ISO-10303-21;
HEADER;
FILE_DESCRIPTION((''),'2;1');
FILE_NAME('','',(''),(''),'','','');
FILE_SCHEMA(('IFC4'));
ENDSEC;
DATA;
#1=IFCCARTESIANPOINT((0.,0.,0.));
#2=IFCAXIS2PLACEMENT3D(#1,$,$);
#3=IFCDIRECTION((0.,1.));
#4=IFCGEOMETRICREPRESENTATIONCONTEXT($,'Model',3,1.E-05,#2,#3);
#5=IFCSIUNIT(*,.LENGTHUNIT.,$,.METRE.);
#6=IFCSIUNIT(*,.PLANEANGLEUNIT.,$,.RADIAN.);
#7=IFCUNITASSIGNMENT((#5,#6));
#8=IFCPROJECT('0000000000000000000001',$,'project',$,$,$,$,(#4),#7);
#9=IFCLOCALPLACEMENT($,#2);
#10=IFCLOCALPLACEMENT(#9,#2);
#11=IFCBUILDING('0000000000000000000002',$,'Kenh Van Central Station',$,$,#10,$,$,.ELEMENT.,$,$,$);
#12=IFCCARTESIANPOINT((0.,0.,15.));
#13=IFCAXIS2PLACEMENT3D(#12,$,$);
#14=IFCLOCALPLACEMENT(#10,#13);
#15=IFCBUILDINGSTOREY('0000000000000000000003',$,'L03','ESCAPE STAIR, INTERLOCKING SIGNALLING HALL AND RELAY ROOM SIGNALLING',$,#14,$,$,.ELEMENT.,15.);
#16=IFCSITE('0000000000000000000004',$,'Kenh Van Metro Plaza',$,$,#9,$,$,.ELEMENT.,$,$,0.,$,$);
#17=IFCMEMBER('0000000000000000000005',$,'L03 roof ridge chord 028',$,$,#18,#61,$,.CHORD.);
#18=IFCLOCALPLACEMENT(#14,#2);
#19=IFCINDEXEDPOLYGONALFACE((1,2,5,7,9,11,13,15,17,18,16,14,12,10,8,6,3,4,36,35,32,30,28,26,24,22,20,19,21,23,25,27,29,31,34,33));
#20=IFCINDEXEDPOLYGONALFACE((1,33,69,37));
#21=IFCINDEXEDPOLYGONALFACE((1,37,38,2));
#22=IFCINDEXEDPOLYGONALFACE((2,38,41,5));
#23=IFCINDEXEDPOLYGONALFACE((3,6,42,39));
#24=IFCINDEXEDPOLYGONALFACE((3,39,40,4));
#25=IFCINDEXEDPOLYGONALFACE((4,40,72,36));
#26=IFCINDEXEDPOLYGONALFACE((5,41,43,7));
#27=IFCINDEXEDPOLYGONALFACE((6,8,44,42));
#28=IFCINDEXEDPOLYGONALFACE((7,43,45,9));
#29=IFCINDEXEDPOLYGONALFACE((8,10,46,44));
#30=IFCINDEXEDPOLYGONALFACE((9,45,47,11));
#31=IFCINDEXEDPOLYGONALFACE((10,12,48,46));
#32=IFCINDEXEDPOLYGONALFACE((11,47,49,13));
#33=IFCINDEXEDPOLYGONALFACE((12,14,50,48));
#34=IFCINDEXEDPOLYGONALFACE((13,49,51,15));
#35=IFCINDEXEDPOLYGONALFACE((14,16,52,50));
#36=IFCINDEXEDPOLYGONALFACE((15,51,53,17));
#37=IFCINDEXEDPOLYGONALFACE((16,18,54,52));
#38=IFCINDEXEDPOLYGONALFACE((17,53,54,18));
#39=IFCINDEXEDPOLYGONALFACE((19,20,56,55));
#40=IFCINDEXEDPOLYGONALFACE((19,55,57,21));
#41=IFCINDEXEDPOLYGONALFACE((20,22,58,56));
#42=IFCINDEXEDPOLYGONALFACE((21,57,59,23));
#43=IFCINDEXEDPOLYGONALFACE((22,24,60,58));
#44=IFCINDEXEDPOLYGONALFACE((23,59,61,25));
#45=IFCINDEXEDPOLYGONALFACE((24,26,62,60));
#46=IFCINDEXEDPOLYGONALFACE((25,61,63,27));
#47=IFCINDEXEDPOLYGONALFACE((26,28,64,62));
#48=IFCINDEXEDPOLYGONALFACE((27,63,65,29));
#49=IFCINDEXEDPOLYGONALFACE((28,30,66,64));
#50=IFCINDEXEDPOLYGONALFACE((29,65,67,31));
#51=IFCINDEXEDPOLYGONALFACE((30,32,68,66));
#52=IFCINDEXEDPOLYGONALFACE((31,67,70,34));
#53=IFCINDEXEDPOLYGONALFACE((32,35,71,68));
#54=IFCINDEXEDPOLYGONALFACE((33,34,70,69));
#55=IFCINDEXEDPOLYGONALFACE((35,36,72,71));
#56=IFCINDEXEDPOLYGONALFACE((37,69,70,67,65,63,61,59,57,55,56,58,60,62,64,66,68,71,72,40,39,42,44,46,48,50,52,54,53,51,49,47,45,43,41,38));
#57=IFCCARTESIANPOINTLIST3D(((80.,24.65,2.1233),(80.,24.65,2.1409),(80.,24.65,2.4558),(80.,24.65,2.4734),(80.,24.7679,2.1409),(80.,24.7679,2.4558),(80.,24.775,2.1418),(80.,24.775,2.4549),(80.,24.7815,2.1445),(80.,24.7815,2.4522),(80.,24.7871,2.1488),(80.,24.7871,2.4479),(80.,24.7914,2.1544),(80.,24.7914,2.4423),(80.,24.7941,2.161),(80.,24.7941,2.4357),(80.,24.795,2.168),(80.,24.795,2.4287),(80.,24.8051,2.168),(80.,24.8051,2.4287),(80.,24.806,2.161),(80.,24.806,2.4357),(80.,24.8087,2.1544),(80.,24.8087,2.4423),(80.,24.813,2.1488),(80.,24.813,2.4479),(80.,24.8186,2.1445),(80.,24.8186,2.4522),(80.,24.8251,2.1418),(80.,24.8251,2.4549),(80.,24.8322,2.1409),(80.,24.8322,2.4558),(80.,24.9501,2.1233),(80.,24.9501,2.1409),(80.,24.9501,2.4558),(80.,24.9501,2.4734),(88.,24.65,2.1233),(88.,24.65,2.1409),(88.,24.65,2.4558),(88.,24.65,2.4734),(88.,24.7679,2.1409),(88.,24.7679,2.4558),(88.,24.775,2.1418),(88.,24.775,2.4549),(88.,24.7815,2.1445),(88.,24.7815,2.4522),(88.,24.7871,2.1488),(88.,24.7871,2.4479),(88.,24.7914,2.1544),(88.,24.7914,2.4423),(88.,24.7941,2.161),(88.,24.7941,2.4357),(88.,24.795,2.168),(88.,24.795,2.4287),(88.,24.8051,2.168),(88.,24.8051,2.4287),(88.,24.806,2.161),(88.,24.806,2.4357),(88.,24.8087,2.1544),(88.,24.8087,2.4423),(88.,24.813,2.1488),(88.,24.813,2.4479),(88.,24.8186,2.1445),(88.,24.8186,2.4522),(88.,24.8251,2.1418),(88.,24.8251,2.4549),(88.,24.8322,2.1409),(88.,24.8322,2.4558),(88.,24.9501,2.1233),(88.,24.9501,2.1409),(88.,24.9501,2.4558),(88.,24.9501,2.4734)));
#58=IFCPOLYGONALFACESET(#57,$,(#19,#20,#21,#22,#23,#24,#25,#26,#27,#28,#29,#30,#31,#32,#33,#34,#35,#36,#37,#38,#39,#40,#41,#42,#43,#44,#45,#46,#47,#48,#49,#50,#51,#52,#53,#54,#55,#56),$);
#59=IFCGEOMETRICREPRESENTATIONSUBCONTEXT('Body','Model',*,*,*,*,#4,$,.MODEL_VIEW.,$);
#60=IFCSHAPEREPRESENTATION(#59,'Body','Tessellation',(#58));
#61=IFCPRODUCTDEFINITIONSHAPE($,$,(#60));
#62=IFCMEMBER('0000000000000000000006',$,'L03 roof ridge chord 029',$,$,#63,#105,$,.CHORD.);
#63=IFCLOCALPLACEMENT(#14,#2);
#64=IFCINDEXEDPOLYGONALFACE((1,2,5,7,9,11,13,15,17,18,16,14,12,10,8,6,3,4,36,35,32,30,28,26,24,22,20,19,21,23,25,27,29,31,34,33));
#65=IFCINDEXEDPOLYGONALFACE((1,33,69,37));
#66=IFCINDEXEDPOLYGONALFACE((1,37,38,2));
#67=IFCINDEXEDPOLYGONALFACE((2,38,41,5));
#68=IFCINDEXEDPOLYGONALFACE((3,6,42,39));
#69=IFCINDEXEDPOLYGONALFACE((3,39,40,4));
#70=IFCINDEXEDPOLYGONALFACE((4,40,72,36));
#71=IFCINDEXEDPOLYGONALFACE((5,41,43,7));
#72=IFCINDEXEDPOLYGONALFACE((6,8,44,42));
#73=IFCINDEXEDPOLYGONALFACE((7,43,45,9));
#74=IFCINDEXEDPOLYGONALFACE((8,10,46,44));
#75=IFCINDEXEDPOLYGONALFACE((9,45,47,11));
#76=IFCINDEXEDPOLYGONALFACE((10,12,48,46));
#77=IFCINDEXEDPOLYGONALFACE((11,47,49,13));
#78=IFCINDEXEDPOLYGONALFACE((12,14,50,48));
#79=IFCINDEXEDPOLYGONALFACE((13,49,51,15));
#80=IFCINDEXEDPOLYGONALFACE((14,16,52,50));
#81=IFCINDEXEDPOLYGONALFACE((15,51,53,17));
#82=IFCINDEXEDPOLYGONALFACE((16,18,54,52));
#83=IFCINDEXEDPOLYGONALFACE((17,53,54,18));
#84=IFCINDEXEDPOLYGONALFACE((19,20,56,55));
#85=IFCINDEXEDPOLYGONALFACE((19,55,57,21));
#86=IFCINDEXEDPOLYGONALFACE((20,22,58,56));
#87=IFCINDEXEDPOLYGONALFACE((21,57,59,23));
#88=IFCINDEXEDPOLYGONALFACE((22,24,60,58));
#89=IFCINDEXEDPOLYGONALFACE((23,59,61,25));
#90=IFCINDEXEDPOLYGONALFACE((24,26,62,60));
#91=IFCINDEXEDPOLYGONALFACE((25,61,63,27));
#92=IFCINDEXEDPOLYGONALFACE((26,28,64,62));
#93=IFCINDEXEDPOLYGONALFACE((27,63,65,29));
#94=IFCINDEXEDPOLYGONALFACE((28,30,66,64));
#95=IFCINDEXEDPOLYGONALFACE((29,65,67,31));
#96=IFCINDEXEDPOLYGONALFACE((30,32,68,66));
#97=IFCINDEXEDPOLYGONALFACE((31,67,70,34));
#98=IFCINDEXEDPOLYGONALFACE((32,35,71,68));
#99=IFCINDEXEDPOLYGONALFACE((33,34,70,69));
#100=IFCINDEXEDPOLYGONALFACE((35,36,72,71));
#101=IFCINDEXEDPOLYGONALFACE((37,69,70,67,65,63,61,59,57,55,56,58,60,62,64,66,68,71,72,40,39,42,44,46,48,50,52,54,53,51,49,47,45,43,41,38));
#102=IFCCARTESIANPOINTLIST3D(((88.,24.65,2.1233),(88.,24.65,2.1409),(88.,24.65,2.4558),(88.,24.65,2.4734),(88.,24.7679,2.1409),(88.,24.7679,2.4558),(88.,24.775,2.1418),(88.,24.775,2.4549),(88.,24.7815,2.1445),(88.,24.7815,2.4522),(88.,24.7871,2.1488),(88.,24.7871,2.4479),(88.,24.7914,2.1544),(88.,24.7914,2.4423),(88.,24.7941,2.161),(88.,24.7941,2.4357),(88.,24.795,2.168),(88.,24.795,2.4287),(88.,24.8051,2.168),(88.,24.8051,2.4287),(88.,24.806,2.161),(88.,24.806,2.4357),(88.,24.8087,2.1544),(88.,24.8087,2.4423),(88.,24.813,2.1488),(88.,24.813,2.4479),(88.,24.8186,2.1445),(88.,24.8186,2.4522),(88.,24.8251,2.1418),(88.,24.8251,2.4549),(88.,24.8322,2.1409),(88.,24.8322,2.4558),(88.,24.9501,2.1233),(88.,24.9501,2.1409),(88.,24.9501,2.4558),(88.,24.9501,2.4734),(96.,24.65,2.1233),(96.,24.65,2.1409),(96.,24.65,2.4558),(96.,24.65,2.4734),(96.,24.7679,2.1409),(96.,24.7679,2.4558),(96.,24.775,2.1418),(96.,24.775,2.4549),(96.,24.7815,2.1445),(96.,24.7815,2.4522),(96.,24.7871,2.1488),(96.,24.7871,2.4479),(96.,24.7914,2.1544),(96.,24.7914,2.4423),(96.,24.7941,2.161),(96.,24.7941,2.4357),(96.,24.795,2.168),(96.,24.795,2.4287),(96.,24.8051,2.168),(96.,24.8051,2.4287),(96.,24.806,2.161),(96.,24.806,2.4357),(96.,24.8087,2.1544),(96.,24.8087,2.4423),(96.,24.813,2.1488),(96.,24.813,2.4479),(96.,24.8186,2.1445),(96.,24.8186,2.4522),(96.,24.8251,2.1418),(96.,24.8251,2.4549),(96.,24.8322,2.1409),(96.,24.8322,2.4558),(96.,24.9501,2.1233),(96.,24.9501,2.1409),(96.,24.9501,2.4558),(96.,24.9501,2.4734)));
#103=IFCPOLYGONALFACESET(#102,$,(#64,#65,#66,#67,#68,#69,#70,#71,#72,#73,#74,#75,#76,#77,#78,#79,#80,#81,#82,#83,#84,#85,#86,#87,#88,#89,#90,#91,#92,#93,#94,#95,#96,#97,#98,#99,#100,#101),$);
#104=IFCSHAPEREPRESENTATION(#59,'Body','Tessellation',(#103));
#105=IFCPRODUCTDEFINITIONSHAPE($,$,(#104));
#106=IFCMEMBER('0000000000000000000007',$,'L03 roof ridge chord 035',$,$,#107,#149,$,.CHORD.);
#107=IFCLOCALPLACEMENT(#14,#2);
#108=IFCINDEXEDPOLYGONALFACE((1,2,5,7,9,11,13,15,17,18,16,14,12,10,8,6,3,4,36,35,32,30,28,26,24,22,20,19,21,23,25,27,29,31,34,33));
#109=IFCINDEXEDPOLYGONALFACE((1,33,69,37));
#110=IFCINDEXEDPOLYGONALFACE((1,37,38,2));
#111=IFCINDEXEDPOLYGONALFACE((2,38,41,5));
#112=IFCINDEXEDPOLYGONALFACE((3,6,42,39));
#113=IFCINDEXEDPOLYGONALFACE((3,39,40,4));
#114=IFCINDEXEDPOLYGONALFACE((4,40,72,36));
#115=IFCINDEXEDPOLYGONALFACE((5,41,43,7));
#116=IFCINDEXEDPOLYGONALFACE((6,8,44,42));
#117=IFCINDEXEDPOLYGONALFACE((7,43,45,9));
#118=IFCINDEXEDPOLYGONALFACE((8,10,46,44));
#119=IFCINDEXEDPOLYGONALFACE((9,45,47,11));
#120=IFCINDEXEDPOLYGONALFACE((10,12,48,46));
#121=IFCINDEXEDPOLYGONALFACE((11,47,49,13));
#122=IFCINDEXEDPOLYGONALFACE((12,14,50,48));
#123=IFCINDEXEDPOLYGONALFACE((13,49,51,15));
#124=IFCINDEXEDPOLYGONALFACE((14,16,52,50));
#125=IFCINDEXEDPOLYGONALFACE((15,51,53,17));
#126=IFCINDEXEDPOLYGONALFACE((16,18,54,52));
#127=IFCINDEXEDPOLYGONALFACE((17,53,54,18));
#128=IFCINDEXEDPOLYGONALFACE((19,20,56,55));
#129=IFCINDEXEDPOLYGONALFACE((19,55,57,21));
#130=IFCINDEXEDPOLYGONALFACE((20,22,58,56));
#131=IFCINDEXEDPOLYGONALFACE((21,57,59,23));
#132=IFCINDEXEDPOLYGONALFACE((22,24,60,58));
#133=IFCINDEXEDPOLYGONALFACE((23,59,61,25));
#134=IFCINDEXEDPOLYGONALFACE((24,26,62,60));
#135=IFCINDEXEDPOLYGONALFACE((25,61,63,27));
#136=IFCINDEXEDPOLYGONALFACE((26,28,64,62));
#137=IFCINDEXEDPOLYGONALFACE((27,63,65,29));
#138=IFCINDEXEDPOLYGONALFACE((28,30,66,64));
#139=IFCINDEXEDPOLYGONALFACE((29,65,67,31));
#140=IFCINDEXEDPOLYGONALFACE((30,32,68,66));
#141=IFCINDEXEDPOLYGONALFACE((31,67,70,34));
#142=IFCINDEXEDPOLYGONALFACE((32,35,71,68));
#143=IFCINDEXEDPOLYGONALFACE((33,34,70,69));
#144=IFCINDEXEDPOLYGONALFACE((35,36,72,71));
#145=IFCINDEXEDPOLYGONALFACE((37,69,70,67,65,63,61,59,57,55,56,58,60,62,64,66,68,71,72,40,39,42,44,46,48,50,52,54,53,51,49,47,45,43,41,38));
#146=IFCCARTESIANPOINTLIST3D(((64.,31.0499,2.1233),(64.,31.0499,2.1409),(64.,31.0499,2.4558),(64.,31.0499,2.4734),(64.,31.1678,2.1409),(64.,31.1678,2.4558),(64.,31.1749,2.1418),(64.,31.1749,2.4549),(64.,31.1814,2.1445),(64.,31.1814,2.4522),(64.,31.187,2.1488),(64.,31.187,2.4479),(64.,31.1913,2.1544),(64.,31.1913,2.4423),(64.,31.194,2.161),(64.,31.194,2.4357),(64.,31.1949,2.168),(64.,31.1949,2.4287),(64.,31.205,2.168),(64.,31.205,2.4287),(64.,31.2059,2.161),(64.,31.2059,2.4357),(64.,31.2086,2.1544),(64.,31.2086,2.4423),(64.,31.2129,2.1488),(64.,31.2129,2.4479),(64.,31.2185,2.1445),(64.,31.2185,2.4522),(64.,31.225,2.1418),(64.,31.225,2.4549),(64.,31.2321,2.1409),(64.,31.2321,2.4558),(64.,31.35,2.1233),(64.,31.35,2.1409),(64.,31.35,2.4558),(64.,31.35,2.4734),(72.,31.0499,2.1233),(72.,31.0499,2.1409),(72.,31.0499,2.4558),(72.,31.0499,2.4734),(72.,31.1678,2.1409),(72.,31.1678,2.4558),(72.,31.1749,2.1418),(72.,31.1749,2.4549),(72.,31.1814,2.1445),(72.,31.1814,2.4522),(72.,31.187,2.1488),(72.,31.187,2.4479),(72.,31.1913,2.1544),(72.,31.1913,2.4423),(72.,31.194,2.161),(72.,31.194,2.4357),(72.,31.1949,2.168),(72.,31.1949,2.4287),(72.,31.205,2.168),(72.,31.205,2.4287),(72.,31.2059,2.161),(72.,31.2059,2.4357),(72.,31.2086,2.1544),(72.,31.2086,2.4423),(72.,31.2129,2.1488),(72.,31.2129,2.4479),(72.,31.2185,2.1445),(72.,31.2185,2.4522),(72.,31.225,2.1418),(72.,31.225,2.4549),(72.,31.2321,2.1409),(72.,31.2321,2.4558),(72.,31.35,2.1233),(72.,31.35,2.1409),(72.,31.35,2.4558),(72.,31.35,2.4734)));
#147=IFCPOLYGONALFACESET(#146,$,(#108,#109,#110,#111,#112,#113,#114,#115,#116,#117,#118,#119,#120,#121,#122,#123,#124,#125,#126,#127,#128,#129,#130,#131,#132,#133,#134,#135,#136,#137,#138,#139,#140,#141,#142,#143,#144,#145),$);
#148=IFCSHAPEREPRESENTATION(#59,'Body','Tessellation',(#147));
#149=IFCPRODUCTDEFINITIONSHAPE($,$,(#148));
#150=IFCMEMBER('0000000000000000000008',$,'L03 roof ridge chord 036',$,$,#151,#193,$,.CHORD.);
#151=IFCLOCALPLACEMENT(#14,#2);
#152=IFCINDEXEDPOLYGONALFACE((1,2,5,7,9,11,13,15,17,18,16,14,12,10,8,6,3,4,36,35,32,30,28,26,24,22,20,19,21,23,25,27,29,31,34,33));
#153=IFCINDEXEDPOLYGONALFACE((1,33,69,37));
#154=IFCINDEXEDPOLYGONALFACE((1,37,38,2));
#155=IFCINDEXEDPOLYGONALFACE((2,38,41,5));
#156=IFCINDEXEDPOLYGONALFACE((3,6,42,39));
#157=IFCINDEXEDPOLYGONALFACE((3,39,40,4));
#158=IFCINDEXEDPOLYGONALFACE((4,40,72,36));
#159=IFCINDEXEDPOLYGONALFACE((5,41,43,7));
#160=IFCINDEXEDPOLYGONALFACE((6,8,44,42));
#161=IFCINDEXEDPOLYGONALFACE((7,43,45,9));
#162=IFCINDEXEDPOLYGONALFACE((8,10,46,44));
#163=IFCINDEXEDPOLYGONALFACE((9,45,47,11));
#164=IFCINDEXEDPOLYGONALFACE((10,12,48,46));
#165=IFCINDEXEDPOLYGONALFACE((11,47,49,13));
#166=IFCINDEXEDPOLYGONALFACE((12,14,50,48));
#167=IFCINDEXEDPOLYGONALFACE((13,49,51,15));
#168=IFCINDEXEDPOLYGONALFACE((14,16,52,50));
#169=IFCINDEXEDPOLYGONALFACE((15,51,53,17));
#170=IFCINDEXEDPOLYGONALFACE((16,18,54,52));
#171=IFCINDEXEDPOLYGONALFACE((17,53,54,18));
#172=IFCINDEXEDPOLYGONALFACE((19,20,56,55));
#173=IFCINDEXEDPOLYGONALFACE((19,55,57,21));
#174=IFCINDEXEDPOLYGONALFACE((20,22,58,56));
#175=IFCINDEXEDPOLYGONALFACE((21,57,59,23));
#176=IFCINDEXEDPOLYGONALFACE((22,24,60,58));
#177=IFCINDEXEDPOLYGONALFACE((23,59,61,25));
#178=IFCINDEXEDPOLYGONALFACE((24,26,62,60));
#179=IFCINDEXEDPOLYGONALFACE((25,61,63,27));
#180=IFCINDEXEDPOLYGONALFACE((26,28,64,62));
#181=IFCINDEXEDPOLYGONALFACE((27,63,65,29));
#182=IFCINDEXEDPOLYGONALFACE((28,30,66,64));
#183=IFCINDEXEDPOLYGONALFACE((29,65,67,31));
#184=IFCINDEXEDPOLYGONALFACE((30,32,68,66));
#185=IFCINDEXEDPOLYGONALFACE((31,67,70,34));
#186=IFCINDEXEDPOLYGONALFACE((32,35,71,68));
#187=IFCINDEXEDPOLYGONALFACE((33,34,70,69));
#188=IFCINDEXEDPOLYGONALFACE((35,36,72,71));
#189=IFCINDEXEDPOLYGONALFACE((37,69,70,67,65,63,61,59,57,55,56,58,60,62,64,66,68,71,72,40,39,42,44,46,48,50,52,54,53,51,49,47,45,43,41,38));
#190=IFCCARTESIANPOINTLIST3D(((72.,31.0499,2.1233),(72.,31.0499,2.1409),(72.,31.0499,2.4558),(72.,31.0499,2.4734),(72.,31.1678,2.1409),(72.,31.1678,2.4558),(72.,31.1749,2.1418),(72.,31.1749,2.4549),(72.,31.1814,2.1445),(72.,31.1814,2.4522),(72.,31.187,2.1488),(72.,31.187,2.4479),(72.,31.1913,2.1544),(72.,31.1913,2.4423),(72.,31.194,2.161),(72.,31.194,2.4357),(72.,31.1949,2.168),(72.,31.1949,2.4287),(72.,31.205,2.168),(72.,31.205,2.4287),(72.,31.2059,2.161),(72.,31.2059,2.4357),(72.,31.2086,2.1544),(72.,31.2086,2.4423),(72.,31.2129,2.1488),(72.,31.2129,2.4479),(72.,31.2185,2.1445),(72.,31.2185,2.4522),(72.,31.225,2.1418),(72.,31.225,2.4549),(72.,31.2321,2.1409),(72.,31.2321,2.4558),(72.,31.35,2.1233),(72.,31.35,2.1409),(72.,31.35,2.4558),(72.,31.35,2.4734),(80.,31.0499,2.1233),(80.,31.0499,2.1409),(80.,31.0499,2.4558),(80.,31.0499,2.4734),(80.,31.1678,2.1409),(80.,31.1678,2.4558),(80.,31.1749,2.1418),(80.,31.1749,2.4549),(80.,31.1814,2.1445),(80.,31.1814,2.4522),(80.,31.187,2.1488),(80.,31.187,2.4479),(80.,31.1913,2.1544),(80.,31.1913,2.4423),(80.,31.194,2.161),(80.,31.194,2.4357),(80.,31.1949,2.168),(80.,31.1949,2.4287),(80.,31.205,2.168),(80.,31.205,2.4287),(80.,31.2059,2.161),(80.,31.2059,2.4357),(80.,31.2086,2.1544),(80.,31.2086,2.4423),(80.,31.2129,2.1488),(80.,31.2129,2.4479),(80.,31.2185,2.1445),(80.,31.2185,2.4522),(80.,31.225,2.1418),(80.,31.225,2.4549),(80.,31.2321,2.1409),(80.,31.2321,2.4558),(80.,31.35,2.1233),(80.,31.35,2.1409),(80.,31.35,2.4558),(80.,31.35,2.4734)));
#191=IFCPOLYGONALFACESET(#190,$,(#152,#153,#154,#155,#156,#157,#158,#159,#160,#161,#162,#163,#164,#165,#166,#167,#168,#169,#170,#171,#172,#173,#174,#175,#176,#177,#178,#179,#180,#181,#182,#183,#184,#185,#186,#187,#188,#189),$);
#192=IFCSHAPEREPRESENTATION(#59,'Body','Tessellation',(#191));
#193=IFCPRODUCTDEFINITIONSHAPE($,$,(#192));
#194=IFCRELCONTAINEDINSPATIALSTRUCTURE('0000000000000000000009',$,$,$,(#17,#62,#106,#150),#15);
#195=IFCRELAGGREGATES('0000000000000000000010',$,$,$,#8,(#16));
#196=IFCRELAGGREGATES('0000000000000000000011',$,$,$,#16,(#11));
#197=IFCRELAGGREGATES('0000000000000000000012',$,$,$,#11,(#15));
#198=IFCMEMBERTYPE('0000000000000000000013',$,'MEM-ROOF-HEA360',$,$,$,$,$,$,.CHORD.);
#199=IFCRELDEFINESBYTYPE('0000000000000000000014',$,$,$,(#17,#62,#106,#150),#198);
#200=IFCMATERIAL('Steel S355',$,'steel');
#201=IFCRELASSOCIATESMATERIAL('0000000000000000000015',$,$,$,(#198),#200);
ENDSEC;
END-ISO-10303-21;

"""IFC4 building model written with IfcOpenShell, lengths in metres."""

from ifc_helpers import new_model, si_unit, direction, frame, origin, origin_2d, place, context, subcontext, project, spatial, i_section, extrude, material, material_profile, profile_set, type_object, element, save


model = new_model("IFC4")

# Units and contexts
model_context = context("Model", 3, precision=1e-05, world=origin(), true_north=direction((0.0, 1.0)))
body_context = subcontext(model_context, "Body", "Model", "MODEL_VIEW")
ifc_project = project(units=[si_unit("LENGTHUNIT", "METRE"), si_unit("PLANEANGLEUNIT", "RADIAN")], contexts=[model_context])

# Site, building, storey
site_placement = place(None, origin())
site = spatial("IfcSite", under=ifc_project, at=site_placement, Name="Kenh Van Metro Plaza", CompositionType="ELEMENT", RefElevation=0.0)
building_placement = place(site_placement, origin())
building = spatial("IfcBuilding", under=site, at=building_placement, Name="Kenh Van Central Station", CompositionType="ELEMENT")
storey_placement = place(building_placement, frame((0.0, 0.0, 15.0)))
storey = spatial("IfcBuildingStorey", under=building, at=storey_placement, Name="L03", Description="ESCAPE STAIR, INTERLOCKING SIGNALLING HALL AND RELAY ROOM SIGNALLING", CompositionType="ELEMENT", Elevation=15.0)

# Shared definitions
ifc_material_1 = material(Name="Steel S355", Category="steel")

# Members
ifc_material_profile_1 = material_profile(ifc_material_1, i_section(OverallWidth=0.3, OverallDepth=0.3501, WebThickness=0.01, FlangeThickness=0.0176, FilletRadius=0.0271, at=origin_2d()), Name="HEA 360")
ifc_profile_set_1 = profile_set([ifc_material_profile_1], Name="Steel S355")
member_type_1 = type_object("IfcMemberType", Name="MEM-ROOF-HEA360", PredefinedType="CHORD", material=ifc_profile_set_1)
for number, where, z_axis, x_axis, name in (
    (1, (80.0, 24.8, 2.2983), (1.0, 0.0, 0.0), (0.0, 1.0, 0.0), "L03 roof ridge chord 028"),
    (2, (88.0, 24.8, 2.2983), (1.0, 0.0, 0.0), (0.0, 1.0, 0.0), "L03 roof ridge chord 029"),
    (3, (64.0, 31.2, 2.2983), (1.0, 0.0, 0.0), (0.0, 1.0, 0.0), "L03 roof ridge chord 035"),
    (4, (72.0, 31.2, 2.2983), (1.0, 0.0, 0.0), (0.0, 1.0, 0.0), "L03 roof ridge chord 036"),
):
    element("IfcMember", number, at=place(storey_placement, frame(where, z_axis=z_axis, x_axis=x_axis)), inside=storey, type_object=member_type_1, Name=name, PredefinedType="CHORD", context=body_context, shape_type="SweptSolid", body=[
        extrude(i_section(OverallWidth=0.3, OverallDepth=0.3501, WebThickness=0.01, FlangeThickness=0.0176, FilletRadius=0.0271, at=origin_2d()), origin(), (0.0, 0.0, 1.0), 8.0),
    ])

save(model, "model.ifc")
